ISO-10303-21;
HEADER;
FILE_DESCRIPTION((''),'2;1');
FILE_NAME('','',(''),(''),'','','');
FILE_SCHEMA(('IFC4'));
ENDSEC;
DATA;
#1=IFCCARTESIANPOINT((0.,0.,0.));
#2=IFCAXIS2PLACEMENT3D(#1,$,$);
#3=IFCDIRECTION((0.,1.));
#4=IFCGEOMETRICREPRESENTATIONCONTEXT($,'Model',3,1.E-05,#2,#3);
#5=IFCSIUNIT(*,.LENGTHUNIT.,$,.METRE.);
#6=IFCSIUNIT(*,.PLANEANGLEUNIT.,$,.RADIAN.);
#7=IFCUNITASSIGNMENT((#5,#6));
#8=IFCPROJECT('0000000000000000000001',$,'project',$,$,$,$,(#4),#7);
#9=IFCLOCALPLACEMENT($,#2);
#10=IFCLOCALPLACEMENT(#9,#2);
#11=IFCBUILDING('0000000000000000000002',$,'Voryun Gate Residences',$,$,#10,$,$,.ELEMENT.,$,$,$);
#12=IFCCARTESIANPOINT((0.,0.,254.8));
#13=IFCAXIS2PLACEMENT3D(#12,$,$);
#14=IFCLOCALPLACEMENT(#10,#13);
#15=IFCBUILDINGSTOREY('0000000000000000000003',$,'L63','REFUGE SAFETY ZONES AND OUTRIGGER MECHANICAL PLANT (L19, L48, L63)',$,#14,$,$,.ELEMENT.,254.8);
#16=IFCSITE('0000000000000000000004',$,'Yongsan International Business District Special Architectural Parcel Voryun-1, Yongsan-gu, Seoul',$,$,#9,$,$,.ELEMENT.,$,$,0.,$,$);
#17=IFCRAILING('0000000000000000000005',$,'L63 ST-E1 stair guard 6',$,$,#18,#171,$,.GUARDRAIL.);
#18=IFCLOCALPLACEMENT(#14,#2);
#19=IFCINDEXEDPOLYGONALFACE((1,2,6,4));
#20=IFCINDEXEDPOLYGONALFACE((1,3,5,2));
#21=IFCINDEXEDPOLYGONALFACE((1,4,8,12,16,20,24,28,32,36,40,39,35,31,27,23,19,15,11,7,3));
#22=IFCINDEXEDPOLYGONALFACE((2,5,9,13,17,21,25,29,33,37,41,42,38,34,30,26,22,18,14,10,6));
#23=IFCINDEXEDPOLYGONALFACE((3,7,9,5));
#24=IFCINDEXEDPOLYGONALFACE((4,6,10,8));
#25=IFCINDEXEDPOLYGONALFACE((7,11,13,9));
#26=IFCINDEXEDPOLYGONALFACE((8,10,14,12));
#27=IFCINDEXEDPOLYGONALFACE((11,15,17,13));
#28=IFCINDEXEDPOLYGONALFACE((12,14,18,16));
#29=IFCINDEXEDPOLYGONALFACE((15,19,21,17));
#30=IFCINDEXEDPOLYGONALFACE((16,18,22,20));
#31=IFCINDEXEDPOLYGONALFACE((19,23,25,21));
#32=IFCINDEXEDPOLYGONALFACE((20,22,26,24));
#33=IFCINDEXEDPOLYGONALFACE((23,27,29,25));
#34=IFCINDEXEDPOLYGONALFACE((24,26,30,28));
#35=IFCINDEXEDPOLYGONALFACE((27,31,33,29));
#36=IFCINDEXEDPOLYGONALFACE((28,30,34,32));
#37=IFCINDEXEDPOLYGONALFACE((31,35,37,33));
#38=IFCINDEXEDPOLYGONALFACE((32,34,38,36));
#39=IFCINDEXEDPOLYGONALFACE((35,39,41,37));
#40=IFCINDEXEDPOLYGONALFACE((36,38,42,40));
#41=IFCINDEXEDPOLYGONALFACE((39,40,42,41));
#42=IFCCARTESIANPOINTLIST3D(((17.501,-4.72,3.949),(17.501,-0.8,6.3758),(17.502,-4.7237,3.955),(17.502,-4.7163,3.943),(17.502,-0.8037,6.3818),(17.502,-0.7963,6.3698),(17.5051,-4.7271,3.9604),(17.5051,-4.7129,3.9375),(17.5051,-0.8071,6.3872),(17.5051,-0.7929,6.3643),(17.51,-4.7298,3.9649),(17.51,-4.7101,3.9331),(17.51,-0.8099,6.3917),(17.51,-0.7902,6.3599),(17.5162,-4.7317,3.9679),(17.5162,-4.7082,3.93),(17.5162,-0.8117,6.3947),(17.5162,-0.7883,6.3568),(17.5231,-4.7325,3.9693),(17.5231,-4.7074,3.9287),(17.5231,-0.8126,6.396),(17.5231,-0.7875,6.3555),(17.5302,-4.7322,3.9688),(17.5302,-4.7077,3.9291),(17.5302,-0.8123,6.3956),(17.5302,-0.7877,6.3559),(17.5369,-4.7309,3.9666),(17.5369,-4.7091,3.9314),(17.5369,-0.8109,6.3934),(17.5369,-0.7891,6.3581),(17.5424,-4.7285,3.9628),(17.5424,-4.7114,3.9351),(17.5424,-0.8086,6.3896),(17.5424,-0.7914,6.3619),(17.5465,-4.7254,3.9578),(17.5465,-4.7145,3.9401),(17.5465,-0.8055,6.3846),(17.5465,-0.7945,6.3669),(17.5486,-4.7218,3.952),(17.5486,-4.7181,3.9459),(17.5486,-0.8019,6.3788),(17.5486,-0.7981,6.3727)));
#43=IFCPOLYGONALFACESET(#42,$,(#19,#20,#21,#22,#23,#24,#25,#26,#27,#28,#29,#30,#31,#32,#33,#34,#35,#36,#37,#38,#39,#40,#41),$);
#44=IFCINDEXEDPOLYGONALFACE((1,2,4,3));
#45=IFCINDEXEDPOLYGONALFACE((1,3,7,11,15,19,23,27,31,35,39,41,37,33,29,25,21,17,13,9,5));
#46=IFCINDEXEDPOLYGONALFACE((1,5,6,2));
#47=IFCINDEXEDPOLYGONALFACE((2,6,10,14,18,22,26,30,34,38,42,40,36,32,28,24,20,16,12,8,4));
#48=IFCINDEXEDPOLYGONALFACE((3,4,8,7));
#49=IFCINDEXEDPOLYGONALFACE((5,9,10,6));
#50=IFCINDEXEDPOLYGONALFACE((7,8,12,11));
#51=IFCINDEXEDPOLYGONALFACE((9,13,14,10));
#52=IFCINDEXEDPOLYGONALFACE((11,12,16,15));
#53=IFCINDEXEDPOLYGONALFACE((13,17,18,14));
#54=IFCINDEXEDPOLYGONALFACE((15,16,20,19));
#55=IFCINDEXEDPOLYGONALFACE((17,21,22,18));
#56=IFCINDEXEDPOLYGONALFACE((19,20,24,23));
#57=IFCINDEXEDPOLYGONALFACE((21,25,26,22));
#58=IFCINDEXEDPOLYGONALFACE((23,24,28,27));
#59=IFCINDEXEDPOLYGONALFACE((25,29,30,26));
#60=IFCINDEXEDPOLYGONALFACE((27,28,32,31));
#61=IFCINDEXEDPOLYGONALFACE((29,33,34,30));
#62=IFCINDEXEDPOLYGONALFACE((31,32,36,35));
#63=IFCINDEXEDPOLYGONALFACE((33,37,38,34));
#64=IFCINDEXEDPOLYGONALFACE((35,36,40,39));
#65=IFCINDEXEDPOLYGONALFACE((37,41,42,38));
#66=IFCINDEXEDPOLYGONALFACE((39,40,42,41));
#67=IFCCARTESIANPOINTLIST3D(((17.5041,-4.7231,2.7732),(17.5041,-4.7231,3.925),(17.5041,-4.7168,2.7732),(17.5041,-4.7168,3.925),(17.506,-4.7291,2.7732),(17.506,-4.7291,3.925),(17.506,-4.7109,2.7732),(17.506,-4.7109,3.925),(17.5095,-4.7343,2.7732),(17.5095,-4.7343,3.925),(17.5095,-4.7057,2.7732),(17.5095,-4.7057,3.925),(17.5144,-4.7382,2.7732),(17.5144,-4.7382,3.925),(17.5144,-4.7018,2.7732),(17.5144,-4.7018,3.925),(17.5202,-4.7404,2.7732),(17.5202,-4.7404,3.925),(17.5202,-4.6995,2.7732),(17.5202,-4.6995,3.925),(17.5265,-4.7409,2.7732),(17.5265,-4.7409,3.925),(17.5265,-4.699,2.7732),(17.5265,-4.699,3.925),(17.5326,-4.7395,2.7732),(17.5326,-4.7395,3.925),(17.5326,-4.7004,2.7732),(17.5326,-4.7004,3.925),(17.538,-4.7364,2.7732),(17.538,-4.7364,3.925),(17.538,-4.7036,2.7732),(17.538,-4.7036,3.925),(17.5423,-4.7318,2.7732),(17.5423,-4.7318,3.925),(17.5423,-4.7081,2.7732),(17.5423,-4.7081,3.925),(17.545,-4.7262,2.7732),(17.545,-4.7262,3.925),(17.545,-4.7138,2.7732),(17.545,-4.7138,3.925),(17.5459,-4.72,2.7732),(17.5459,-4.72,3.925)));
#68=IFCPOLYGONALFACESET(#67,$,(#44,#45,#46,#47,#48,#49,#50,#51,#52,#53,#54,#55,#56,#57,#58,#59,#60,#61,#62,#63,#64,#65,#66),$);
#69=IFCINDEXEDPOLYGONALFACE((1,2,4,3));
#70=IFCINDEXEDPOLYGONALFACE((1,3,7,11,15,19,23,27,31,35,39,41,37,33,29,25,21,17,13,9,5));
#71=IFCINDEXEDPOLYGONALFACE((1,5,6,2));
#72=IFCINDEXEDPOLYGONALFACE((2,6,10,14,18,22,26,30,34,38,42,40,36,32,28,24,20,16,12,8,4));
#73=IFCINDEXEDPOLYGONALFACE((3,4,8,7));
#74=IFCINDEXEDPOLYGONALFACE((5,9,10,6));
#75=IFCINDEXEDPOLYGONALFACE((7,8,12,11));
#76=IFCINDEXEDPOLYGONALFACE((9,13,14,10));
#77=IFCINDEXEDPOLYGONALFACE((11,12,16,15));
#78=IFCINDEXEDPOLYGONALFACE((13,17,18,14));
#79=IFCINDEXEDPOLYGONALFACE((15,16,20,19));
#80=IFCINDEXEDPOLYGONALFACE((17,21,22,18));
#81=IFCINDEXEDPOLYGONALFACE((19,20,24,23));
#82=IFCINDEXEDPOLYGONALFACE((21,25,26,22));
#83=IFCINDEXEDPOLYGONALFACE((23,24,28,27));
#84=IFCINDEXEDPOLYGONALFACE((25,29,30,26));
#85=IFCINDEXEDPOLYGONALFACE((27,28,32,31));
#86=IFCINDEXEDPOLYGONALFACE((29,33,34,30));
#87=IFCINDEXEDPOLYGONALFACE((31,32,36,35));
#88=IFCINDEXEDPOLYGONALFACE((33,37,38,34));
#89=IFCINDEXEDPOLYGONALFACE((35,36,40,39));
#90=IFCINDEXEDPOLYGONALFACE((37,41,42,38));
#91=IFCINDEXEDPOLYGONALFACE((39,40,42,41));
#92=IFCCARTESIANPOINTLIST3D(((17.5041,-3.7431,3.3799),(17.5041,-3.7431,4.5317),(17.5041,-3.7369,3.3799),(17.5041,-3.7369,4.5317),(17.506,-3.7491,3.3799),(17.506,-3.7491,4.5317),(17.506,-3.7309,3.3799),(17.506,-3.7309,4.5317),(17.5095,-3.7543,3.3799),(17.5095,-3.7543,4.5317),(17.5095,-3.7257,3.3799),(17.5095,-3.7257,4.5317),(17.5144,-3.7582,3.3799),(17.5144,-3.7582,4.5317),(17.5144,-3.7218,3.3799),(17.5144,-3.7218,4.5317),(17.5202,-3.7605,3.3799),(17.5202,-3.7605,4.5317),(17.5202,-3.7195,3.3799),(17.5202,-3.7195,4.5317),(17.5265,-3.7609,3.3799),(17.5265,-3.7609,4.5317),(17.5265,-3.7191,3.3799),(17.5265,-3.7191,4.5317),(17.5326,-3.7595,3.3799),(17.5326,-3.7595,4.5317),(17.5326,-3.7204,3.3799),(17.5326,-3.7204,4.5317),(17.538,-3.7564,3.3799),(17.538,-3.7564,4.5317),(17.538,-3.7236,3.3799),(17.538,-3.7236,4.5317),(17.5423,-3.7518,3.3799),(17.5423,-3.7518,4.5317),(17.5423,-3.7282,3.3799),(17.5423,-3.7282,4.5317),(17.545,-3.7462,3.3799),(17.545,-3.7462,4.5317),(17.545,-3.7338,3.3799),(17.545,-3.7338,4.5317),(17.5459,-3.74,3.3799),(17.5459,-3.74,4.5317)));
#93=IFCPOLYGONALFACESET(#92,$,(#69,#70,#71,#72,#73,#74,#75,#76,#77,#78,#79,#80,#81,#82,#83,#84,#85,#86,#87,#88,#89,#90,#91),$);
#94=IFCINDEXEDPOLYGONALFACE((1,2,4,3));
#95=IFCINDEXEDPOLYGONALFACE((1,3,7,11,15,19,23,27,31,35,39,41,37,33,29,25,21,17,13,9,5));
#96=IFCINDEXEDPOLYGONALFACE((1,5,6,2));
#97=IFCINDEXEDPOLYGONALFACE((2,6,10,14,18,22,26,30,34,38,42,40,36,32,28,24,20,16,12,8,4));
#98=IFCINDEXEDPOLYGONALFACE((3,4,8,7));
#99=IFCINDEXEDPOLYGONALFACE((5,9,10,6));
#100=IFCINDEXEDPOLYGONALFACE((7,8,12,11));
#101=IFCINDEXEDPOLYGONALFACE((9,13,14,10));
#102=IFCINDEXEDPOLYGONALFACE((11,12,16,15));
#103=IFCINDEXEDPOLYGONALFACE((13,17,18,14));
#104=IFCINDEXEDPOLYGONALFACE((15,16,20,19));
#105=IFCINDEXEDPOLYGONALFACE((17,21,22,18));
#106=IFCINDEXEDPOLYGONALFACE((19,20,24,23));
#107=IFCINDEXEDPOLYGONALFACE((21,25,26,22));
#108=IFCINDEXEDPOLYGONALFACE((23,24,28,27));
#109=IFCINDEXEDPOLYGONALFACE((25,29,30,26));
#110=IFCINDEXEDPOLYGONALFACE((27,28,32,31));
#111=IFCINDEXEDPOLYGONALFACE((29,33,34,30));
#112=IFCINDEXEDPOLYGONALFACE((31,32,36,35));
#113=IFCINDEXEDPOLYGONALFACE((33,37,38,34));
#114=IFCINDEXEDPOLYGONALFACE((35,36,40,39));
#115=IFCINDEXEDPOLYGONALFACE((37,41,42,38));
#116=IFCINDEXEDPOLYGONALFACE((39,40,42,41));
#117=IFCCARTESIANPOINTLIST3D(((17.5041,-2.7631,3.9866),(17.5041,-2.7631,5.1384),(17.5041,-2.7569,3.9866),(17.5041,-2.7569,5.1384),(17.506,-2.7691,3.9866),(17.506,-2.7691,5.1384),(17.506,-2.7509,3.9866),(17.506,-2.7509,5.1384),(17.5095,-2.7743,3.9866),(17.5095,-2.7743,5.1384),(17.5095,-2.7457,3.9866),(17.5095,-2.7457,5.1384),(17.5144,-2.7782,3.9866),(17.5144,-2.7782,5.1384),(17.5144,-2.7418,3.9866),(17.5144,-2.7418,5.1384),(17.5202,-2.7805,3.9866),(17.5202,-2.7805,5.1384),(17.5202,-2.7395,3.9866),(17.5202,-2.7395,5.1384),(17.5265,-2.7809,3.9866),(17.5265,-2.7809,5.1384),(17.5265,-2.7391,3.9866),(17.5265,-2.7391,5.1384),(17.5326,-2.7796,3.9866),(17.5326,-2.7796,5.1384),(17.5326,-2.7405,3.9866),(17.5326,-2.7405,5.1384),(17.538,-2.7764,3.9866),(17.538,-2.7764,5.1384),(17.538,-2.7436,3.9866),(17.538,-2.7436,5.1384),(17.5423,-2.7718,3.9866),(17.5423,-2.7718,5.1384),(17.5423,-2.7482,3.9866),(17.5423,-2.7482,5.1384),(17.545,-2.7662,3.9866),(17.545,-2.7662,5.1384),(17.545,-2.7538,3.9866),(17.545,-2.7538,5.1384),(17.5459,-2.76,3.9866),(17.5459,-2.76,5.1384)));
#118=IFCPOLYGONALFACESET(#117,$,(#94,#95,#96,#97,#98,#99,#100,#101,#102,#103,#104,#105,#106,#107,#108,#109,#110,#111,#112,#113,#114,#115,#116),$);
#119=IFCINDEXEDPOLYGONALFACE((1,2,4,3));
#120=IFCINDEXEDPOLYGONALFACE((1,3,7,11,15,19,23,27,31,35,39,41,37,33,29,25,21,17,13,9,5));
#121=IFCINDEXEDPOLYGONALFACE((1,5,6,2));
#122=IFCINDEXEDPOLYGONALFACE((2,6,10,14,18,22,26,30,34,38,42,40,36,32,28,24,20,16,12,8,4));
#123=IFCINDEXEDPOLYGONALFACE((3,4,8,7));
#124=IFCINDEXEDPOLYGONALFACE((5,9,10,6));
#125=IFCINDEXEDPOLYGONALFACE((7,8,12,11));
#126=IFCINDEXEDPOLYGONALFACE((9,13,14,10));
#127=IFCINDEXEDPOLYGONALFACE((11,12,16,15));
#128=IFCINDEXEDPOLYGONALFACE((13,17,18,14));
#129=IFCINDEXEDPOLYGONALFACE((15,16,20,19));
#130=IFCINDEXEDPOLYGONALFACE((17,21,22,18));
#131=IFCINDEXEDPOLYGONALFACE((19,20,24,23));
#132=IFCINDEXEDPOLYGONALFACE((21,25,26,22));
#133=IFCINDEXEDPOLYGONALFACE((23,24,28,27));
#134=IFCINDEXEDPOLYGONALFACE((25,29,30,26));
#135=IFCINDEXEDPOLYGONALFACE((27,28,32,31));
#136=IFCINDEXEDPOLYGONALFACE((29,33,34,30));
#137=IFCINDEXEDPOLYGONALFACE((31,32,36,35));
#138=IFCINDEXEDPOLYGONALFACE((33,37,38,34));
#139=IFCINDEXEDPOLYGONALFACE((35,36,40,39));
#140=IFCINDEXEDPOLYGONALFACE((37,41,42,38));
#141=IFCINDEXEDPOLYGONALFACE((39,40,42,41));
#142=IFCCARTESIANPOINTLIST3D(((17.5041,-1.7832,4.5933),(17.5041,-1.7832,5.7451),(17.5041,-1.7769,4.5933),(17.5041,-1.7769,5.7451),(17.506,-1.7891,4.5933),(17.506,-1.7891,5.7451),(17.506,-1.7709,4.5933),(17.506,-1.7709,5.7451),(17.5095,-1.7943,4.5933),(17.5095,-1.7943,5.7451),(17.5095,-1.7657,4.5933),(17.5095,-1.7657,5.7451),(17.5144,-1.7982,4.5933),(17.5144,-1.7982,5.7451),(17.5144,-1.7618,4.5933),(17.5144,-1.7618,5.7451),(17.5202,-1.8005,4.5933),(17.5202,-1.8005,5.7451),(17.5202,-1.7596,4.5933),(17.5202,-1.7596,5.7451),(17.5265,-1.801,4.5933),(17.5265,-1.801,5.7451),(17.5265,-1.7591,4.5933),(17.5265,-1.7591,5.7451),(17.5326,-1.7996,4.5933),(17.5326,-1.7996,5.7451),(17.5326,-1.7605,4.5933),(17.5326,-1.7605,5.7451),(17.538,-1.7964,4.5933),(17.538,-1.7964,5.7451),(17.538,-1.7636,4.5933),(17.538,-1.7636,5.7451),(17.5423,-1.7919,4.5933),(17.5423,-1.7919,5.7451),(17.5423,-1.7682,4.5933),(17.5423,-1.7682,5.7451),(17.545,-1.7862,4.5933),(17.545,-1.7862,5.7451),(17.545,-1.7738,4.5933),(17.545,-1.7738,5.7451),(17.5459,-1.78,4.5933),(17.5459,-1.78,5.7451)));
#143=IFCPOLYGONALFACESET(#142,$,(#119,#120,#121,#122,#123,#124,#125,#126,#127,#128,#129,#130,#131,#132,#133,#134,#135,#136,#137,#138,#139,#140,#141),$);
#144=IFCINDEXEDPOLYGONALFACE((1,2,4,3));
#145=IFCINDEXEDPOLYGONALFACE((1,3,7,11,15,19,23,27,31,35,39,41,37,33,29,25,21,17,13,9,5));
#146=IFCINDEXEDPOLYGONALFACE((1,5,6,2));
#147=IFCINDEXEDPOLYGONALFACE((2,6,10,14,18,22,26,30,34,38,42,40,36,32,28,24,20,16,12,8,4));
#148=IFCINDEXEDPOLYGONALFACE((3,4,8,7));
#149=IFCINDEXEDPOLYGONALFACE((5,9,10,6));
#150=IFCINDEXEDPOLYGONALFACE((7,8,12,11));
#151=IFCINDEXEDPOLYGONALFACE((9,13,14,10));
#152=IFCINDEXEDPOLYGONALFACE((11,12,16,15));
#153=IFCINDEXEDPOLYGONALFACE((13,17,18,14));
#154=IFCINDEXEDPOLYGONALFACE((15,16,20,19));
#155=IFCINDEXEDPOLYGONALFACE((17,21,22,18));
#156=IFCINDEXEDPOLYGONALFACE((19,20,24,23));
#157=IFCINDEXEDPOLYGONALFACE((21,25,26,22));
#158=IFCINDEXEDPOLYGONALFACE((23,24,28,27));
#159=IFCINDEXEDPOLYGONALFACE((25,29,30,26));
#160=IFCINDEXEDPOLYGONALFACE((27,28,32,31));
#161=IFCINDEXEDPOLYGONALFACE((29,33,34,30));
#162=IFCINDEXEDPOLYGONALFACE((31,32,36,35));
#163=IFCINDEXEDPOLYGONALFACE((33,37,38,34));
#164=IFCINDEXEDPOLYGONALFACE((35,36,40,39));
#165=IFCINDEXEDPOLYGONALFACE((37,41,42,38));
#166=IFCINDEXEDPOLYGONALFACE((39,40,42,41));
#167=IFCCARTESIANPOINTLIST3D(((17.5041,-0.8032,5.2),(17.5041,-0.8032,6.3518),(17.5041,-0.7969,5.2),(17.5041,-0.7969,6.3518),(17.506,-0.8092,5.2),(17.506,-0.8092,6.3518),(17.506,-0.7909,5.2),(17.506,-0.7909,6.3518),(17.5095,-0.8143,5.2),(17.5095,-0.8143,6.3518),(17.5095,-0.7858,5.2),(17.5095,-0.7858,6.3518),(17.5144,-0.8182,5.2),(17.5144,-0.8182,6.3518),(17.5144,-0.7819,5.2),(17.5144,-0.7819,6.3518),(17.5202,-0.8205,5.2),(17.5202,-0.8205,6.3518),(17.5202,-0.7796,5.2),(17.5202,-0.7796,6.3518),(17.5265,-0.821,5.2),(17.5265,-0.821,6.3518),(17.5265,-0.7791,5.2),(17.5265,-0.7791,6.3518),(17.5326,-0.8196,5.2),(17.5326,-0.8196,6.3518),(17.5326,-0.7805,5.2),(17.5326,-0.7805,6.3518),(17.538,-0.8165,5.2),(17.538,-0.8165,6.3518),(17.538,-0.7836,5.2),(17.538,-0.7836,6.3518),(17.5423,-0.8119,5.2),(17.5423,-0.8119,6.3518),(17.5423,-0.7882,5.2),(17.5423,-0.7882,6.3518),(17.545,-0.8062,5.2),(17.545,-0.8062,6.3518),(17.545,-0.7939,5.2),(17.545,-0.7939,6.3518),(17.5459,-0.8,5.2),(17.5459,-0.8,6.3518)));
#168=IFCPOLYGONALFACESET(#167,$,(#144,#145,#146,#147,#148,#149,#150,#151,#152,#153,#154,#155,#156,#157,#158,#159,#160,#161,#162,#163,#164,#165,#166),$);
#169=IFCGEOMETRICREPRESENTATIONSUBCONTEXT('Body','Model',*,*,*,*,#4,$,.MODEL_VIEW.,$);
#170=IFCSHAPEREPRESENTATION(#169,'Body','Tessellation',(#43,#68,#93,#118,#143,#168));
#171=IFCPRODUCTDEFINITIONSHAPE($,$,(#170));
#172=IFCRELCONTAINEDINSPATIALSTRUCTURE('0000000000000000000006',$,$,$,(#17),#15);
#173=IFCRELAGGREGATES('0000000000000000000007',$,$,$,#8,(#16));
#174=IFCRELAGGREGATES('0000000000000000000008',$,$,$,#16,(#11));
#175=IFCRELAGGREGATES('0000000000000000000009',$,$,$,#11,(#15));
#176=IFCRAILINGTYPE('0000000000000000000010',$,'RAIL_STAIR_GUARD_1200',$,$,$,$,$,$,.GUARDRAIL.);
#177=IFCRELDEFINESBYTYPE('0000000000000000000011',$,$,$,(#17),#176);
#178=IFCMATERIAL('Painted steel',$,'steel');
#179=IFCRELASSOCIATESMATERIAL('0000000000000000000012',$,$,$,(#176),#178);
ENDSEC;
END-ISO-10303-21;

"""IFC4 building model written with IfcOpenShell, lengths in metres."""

from ifc_helpers import new_model, si_unit, direction, frame, origin, origin_2d, place, context, subcontext, project, spatial, circle, extrude, material, type_object, element, save


model = new_model("IFC4")

# Units and contexts
model_context = context("Model", 3, precision=1e-05, world=origin(), true_north=direction((0.0, 1.0)))
body_context = subcontext(model_context, "Body", "Model", "MODEL_VIEW")
ifc_project = project(units=[si_unit("LENGTHUNIT", "METRE"), si_unit("PLANEANGLEUNIT", "RADIAN")], contexts=[model_context])

# Site, building, storey
site_placement = place(None, origin())
site = spatial("IfcSite", under=ifc_project, at=site_placement, Name="Yongsan International Business District Special Architectural Parcel Voryun-1, Yongsan-gu, Seoul", CompositionType="ELEMENT", RefElevation=0.0)
building_placement = place(site_placement, origin())
building = spatial("IfcBuilding", under=site, at=building_placement, Name="Voryun Gate Residences", CompositionType="ELEMENT")
storey_placement = place(building_placement, frame((0.0, 0.0, 254.8)))
storey = spatial("IfcBuildingStorey", under=building, at=storey_placement, Name="L63", Description="REFUGE SAFETY ZONES AND OUTRIGGER MECHANICAL PLANT (L19, L48, L63)", CompositionType="ELEMENT", Elevation=254.8)

# Railing
ifc_material_1 = material(Name="Painted steel", Category="steel")
railing_type = type_object("IfcRailingType", Name="RAIL_STAIR_GUARD_1200", PredefinedType="GUARDRAIL", material=ifc_material_1)
railing_1_placement = place(storey_placement, frame((17.5249, -4.72, 2.7732)))
element("IfcRailing", 1, at=railing_1_placement, inside=storey, type_object=railing_type, Name="L63 ST-E1 stair guard 6", PredefinedType="GUARDRAIL", context=body_context, shape_type="SweptSolid", body=[
    extrude(circle(Radius=0.0239, at=origin_2d()), frame((0.0, 0.0, 1.1758), z_axis=(0.0, 0.850252, 0.526376), x_axis=(-1.0, 0.0, 0.0)), (0.0, 0.0, 1.0), 4.6104),
    extrude(circle(Radius=0.021, at=origin_2d()), origin(), (0.0, 0.0, 1.0), 1.1519),
    extrude(circle(Radius=0.021, at=origin_2d()), frame((0.0, 0.98, 0.6067)), (0.0, 0.0, 1.0), 1.1519),
    extrude(circle(Radius=0.021, at=origin_2d()), frame((0.0, 1.96, 1.2134)), (0.0, 0.0, 1.0), 1.1519),
    extrude(circle(Radius=0.021, at=origin_2d()), frame((0.0, 2.9399, 1.8201)), (0.0, 0.0, 1.0), 1.1519),
    extrude(circle(Radius=0.021, at=origin_2d()), frame((0.0, 3.9199, 2.4268)), (0.0, 0.0, 1.0), 1.1519),
])

save(model, "model.ifc")
